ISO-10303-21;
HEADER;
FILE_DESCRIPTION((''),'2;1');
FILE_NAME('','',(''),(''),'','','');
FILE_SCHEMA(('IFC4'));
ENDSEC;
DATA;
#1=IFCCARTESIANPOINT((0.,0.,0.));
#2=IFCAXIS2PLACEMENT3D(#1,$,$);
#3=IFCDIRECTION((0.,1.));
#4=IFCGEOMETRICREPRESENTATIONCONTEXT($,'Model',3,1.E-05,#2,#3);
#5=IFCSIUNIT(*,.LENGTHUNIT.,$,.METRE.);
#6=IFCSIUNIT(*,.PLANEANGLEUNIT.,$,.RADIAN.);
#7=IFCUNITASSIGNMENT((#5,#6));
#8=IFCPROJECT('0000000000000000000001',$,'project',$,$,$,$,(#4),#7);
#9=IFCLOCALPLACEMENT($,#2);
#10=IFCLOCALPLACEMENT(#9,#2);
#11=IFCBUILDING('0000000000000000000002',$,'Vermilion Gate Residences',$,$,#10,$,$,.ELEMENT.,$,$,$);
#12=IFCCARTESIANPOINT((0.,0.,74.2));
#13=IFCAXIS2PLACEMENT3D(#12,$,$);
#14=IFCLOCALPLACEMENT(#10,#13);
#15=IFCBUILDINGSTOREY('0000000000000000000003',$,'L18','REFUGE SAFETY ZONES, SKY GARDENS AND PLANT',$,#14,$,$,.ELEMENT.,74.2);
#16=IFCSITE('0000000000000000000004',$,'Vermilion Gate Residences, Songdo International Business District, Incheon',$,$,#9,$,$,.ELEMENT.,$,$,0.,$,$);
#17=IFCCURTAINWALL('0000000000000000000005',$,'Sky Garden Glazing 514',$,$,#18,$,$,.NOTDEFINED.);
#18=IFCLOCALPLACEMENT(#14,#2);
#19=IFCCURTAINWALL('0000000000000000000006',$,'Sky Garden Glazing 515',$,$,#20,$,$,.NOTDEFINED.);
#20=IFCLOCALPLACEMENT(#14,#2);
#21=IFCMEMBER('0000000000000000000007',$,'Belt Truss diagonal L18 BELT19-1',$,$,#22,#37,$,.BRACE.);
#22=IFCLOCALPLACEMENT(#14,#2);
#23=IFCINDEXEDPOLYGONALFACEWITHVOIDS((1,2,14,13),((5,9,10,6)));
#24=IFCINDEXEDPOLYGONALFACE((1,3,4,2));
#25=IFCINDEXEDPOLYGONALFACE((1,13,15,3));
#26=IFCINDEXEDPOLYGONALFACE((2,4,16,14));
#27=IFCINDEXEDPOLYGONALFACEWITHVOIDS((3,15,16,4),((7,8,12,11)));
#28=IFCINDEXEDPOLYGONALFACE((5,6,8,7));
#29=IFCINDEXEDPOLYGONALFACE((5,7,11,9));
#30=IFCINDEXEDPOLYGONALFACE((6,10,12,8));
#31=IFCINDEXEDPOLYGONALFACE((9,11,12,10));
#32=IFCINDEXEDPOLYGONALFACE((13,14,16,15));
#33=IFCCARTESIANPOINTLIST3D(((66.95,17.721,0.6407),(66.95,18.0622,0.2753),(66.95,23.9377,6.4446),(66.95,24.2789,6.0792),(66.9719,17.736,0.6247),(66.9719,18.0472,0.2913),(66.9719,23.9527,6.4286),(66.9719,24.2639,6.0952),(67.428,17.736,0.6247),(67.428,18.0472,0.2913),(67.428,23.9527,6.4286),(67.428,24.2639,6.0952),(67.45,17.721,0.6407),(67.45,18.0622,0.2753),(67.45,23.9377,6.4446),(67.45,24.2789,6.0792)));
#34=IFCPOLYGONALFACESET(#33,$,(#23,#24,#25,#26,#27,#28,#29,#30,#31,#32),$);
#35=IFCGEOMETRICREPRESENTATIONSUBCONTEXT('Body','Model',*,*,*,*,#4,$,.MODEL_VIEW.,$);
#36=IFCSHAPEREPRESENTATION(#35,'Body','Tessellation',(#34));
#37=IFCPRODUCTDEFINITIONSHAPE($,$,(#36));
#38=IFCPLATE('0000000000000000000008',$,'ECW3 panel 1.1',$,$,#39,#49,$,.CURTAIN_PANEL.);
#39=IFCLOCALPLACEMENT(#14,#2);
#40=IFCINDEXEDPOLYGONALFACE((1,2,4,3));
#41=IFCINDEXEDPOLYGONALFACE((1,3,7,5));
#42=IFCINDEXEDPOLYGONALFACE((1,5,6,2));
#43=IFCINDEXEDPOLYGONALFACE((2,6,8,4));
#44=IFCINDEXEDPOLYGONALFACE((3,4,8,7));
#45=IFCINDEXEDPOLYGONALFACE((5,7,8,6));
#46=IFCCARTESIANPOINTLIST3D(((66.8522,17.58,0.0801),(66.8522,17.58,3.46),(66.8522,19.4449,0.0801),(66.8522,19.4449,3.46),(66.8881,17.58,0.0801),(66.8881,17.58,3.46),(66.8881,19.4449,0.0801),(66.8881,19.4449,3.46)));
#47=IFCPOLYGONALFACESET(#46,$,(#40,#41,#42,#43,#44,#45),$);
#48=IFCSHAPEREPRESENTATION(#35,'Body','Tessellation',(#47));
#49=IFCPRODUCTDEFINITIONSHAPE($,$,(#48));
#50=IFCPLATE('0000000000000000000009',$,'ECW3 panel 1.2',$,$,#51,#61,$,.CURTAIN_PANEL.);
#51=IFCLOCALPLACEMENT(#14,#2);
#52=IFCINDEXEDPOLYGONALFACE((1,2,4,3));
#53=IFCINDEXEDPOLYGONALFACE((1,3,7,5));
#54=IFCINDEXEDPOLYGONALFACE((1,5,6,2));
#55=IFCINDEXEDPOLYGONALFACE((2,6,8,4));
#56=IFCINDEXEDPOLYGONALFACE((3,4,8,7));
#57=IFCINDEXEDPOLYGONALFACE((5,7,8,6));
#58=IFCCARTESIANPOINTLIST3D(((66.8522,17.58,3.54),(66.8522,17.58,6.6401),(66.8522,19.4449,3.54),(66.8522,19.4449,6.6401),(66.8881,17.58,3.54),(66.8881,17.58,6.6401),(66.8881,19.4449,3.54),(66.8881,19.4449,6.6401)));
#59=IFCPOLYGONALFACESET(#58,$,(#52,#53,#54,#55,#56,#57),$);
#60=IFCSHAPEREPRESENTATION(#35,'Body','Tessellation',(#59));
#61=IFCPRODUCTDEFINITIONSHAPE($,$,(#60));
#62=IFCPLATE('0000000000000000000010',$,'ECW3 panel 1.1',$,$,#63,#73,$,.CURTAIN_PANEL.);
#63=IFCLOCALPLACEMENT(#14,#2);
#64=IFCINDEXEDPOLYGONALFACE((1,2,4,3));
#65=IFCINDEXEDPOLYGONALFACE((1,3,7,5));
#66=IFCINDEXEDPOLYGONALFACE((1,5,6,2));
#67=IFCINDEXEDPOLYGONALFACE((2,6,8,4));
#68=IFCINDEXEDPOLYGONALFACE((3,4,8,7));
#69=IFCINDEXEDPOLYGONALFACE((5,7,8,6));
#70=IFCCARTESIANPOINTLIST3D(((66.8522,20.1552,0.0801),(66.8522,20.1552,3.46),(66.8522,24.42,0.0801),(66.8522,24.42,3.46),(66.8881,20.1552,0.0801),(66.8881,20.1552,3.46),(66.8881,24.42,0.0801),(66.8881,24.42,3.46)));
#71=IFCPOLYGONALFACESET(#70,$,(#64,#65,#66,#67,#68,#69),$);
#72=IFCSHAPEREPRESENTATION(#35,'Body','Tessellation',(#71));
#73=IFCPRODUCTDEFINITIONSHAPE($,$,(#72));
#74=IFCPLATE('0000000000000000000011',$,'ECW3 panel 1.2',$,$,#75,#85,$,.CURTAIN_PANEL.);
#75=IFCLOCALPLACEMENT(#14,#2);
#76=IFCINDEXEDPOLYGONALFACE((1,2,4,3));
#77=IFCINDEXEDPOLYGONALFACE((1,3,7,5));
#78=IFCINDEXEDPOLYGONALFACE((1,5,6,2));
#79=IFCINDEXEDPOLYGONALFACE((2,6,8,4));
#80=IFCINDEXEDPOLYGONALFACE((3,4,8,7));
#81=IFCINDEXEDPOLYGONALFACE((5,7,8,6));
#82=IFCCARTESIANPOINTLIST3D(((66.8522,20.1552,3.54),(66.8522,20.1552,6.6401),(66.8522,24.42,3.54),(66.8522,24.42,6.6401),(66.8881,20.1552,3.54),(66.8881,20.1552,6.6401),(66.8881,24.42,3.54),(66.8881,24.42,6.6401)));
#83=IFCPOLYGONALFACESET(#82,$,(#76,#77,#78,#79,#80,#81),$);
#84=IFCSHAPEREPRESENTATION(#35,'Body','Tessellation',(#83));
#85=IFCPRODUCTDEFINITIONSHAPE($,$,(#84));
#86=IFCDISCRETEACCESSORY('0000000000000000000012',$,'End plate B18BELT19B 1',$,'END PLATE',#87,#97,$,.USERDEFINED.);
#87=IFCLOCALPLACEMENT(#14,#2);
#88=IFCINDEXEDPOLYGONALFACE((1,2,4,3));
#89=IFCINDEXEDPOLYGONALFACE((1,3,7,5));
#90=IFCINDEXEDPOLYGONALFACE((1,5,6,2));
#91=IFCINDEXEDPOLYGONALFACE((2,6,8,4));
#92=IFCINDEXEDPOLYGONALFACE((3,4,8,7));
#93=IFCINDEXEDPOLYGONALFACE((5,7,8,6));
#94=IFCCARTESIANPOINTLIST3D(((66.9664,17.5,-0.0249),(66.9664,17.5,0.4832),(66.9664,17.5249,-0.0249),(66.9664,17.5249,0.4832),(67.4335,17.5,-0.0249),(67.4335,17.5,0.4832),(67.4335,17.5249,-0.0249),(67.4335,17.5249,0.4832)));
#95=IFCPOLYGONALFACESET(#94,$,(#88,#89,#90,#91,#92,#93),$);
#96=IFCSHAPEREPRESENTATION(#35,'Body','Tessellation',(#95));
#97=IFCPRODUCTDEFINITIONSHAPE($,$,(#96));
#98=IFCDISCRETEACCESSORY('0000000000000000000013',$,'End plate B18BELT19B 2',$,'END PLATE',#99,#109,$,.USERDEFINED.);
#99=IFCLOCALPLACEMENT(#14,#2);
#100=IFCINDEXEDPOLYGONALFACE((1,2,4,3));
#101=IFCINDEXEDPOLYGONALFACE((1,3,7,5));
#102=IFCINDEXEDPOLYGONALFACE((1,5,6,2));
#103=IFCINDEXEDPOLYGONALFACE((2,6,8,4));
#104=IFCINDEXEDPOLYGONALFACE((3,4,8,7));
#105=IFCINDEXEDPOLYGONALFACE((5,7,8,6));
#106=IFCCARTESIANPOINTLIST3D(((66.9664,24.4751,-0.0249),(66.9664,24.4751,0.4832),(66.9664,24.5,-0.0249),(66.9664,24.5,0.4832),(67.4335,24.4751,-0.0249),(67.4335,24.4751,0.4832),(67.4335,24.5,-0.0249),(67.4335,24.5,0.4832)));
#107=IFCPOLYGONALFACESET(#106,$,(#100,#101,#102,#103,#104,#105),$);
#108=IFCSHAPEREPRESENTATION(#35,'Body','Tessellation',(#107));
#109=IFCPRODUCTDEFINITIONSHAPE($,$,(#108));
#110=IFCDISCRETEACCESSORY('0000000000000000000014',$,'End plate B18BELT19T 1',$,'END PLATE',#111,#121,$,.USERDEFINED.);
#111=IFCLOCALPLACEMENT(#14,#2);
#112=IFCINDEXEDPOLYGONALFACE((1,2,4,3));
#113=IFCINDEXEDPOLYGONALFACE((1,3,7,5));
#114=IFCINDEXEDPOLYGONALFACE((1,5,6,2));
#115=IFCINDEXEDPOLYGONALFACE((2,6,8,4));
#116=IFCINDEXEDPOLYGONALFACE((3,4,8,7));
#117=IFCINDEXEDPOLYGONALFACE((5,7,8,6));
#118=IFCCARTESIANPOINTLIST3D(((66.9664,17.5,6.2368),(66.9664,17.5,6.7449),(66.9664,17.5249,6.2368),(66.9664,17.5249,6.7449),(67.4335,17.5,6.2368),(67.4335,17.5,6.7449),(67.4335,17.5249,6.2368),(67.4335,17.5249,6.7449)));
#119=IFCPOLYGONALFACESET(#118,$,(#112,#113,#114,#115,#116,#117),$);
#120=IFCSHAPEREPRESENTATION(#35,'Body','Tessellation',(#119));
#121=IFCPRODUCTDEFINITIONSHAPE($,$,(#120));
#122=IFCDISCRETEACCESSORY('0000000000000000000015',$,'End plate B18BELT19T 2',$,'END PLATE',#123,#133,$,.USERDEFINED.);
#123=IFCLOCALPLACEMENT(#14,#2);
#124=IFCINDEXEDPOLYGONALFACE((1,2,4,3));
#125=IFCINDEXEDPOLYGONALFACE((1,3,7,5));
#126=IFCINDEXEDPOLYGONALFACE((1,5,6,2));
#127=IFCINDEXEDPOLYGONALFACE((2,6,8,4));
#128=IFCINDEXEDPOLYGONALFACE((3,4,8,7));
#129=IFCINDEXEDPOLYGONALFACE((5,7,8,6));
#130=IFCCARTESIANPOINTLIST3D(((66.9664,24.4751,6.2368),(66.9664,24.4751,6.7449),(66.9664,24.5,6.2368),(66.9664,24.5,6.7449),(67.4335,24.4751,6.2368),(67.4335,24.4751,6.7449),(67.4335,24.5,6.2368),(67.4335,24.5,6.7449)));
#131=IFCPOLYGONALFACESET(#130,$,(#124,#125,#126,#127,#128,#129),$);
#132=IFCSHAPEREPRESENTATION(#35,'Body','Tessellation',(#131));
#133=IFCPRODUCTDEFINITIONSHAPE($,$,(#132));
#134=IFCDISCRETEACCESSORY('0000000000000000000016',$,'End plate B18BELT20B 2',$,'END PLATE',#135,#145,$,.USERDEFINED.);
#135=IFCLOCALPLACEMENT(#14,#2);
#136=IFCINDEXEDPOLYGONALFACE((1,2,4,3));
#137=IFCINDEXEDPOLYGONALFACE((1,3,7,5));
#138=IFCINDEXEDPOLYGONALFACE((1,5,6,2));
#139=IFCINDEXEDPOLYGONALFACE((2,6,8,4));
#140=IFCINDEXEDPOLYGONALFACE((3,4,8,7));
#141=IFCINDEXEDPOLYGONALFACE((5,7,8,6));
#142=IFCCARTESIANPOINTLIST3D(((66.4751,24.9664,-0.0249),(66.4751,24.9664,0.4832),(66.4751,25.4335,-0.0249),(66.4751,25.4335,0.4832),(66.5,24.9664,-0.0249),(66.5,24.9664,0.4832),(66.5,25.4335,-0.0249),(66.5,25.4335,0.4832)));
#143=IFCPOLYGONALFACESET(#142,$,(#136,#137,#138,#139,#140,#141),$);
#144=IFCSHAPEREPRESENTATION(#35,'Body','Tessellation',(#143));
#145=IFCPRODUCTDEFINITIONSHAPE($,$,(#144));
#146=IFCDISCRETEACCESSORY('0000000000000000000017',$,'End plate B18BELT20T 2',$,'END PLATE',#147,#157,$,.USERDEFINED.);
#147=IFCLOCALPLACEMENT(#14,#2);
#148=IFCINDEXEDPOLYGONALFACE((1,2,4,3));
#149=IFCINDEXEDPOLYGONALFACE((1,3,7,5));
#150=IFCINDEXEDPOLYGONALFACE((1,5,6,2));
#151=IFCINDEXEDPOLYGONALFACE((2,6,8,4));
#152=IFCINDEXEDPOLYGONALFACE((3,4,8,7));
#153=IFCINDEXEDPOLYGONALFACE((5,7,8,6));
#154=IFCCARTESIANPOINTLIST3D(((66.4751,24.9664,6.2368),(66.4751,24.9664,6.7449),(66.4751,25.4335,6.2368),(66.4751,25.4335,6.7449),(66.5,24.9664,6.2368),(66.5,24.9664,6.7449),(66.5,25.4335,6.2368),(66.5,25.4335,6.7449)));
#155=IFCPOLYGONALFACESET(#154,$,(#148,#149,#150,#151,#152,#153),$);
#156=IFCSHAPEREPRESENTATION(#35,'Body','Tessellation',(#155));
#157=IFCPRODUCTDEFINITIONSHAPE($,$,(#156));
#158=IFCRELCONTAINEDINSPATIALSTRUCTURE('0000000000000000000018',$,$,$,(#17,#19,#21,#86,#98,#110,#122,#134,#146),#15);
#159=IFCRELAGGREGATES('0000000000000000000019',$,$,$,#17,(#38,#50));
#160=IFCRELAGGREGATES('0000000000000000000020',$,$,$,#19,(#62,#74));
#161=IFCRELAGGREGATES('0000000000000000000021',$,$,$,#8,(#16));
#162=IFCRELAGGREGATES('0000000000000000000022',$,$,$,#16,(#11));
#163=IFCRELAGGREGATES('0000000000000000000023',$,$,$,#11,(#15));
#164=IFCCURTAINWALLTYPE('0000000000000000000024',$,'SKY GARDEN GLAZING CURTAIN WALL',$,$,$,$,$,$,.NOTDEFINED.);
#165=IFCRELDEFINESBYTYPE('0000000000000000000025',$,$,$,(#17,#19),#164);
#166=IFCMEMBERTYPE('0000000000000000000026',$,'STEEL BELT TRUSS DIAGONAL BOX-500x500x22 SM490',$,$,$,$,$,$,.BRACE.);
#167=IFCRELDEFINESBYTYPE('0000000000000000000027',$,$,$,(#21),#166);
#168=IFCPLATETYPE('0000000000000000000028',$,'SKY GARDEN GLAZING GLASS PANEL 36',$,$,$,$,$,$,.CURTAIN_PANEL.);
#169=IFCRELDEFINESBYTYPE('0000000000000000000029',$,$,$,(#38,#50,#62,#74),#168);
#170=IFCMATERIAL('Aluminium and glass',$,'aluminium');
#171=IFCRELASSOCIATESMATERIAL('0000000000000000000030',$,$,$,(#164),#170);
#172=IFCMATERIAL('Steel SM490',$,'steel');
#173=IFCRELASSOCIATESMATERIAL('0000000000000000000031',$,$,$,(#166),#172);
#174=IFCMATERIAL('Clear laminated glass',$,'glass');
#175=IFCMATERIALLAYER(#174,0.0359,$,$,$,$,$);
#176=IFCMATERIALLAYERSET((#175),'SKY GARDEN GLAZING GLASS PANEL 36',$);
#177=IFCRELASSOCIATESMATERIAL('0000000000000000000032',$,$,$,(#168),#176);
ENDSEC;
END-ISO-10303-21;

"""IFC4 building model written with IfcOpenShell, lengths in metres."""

from ifc_helpers import new_model, si_unit, direction, frame, origin, origin_2d, place, context, subcontext, project, spatial, rectangle, hollow_rectangle, extrude, material, layer, layer_set, material_profile, profile_set, type_object, element, aggregate, save


model = new_model("IFC4")

# Units and contexts
model_context = context("Model", 3, precision=1e-05, world=origin(), true_north=direction((0.0, 1.0)))
body_context = subcontext(model_context, "Body", "Model", "MODEL_VIEW")
ifc_project = project(units=[si_unit("LENGTHUNIT", "METRE"), si_unit("PLANEANGLEUNIT", "RADIAN")], contexts=[model_context])

# Site, building, storey
site_placement = place(None, origin())
site = spatial("IfcSite", under=ifc_project, at=site_placement, Name="Vermilion Gate Residences, Songdo International Business District, Incheon", CompositionType="ELEMENT", RefElevation=0.0)
building_placement = place(site_placement, origin())
building = spatial("IfcBuilding", under=site, at=building_placement, Name="Vermilion Gate Residences", CompositionType="ELEMENT")
storey_placement = place(building_placement, frame((0.0, 0.0, 74.2)))
storey = spatial("IfcBuildingStorey", under=building, at=storey_placement, Name="L18", Description="REFUGE SAFETY ZONES, SKY GARDENS AND PLANT", CompositionType="ELEMENT", Elevation=74.2)

# Curtain walls
ifc_material_1 = material(Name="Aluminium and glass", Category="aluminium")
curtain_wall_type = type_object("IfcCurtainWallType", Name="SKY GARDEN GLAZING CURTAIN WALL", PredefinedType="NOTDEFINED", material=ifc_material_1)
curtain_wall_1_placement = place(storey_placement, origin())
curtain_wall_1 = element("IfcCurtainWall", 1, at=curtain_wall_1_placement, inside=storey, type_object=curtain_wall_type, Name="Sky Garden Glazing 514", PredefinedType="NOTDEFINED")
curtain_wall_2_placement = place(storey_placement, origin())
curtain_wall_2 = element("IfcCurtainWall", 2, at=curtain_wall_2_placement, inside=storey, type_object=curtain_wall_type, Name="Sky Garden Glazing 515", PredefinedType="NOTDEFINED")

# Member
ifc_material_2 = material(Name="Steel SM490", Category="steel")
ifc_material_profile_1 = material_profile(ifc_material_2, hollow_rectangle(XDim=0.5, YDim=0.5, WallThickness=0.022, at=origin_2d()), Name="BOX-500x500x22")
ifc_profile_set_1 = profile_set([ifc_material_profile_1], Name="Steel SM490")
member_type_1 = type_object("IfcMemberType", Name="STEEL BELT TRUSS DIAGONAL BOX-500x500x22 SM490", PredefinedType="BRACE", material=ifc_profile_set_1)
member_1_placement = place(storey_placement, frame((67.2, 17.8916, 0.458), z_axis=(0.0, 0.730961, 0.682419), x_axis=(-1.0, 0.0, 0.0)))
element("IfcMember", 3, at=member_1_placement, inside=storey, type_object=member_type_1, Name="Belt Truss diagonal L18 BELT19-1", PredefinedType="BRACE", context=body_context, shape_type="SweptSolid", body=[
    extrude(hollow_rectangle(XDim=0.5, YDim=0.5, WallThickness=0.022, at=origin_2d()), origin(), (0.0, 0.0, 1.0), 8.5049),
])

# Plates
ifc_material_3 = material(Name="Clear laminated glass", Category="glass")
ifc_layer = layer(ifc_material_3, 0.0359)
ifc_layer_set = layer_set([ifc_layer], Name="SKY GARDEN GLAZING GLASS PANEL 36")
plate_type = type_object("IfcPlateType", Name="SKY GARDEN GLAZING GLASS PANEL 36", PredefinedType="CURTAIN_PANEL", material=ifc_layer_set)
plate_1_placement = place(storey_placement, frame((66.8701, 18.5125, 0.0801), z_axis=(0.0, 0.0, 1.0), x_axis=(0.0, 1.0, 0.0)))
plate_1 = element("IfcPlate", 4, at=plate_1_placement, type_object=plate_type, Name="ECW3 panel 1.1", PredefinedType="CURTAIN_PANEL", context=body_context, shape_type="SweptSolid", body=[
    extrude(rectangle(XDim=1.865, YDim=0.0359, at=origin_2d()), origin(), (0.0, 0.0, 1.0), 3.3799),
])
plate_2_placement = place(storey_placement, frame((66.8701, 18.5125, 3.54), z_axis=(0.0, 0.0, 1.0), x_axis=(0.0, 1.0, 0.0)))
plate_2 = element("IfcPlate", 5, at=plate_2_placement, type_object=plate_type, Name="ECW3 panel 1.2", PredefinedType="CURTAIN_PANEL", context=body_context, shape_type="SweptSolid", body=[
    extrude(rectangle(XDim=1.865, YDim=0.0359, at=origin_2d()), origin(), (0.0, 0.0, 1.0), 3.1001),
])
aggregate(curtain_wall_1, [plate_1, plate_2])
plate_3_placement = place(storey_placement, frame((66.8701, 22.2876, 0.0801), z_axis=(0.0, 0.0, 1.0), x_axis=(0.0, 1.0, 0.0)))
plate_3 = element("IfcPlate", 6, at=plate_3_placement, type_object=plate_type, Name="ECW3 panel 1.1", PredefinedType="CURTAIN_PANEL", context=body_context, shape_type="SweptSolid", body=[
    extrude(rectangle(XDim=4.2649, YDim=0.0359, at=origin_2d()), origin(), (0.0, 0.0, 1.0), 3.3799),
])
plate_4_placement = place(storey_placement, frame((66.8701, 22.2876, 3.54), z_axis=(0.0, 0.0, 1.0), x_axis=(0.0, 1.0, 0.0)))
plate_4 = element("IfcPlate", 7, at=plate_4_placement, type_object=plate_type, Name="ECW3 panel 1.2", PredefinedType="CURTAIN_PANEL", context=body_context, shape_type="SweptSolid", body=[
    extrude(rectangle(XDim=4.2649, YDim=0.0359, at=origin_2d()), origin(), (0.0, 0.0, 1.0), 3.1001),
])
aggregate(curtain_wall_2, [plate_3, plate_4])

# Discrete accessories
for number, where, z_axis, x_axis, name in (
    (8, (67.2, 17.5125, -0.0249), (0.0, 0.0, 1.0), (1.0, 0.0, 0.0), "End plate B18BELT19B 1"),
    (9, (67.2, 24.4875, -0.0249), (0.0, 0.0, 1.0), (1.0, 0.0, 0.0), "End plate B18BELT19B 2"),
    (10, (67.2, 17.5125, 6.2368), (0.0, 0.0, 1.0), (1.0, 0.0, 0.0), "End plate B18BELT19T 1"),
    (11, (67.2, 24.4875, 6.2368), (0.0, 0.0, 1.0), (1.0, 0.0, 0.0), "End plate B18BELT19T 2"),
):
    element("IfcDiscreteAccessory", number, at=place(storey_placement, frame(where, z_axis=z_axis, x_axis=x_axis)), inside=storey, Name=name, ObjectType="END PLATE", PredefinedType="USERDEFINED", context=body_context, shape_type="SweptSolid", body=[
        extrude(rectangle(XDim=0.467, YDim=0.0249, at=origin_2d()), origin(), (0.0, 0.0, 1.0), 0.5081),
    ])
for number, where, z_axis, x_axis, name in (
    (12, (66.4875, 25.2, -0.0249), (0.0, 0.0, 1.0), (1.0, 0.0, 0.0), "End plate B18BELT20B 2"),
    (13, (66.4875, 25.2, 6.2368), (0.0, 0.0, 1.0), (1.0, 0.0, 0.0), "End plate B18BELT20T 2"),
):
    element("IfcDiscreteAccessory", number, at=place(storey_placement, frame(where, z_axis=z_axis, x_axis=x_axis)), inside=storey, Name=name, ObjectType="END PLATE", PredefinedType="USERDEFINED", context=body_context, shape_type="SweptSolid", body=[
        extrude(rectangle(XDim=0.0249, YDim=0.467, at=origin_2d()), origin(), (0.0, 0.0, 1.0), 0.5081),
    ])

save(model, "model.ifc")
